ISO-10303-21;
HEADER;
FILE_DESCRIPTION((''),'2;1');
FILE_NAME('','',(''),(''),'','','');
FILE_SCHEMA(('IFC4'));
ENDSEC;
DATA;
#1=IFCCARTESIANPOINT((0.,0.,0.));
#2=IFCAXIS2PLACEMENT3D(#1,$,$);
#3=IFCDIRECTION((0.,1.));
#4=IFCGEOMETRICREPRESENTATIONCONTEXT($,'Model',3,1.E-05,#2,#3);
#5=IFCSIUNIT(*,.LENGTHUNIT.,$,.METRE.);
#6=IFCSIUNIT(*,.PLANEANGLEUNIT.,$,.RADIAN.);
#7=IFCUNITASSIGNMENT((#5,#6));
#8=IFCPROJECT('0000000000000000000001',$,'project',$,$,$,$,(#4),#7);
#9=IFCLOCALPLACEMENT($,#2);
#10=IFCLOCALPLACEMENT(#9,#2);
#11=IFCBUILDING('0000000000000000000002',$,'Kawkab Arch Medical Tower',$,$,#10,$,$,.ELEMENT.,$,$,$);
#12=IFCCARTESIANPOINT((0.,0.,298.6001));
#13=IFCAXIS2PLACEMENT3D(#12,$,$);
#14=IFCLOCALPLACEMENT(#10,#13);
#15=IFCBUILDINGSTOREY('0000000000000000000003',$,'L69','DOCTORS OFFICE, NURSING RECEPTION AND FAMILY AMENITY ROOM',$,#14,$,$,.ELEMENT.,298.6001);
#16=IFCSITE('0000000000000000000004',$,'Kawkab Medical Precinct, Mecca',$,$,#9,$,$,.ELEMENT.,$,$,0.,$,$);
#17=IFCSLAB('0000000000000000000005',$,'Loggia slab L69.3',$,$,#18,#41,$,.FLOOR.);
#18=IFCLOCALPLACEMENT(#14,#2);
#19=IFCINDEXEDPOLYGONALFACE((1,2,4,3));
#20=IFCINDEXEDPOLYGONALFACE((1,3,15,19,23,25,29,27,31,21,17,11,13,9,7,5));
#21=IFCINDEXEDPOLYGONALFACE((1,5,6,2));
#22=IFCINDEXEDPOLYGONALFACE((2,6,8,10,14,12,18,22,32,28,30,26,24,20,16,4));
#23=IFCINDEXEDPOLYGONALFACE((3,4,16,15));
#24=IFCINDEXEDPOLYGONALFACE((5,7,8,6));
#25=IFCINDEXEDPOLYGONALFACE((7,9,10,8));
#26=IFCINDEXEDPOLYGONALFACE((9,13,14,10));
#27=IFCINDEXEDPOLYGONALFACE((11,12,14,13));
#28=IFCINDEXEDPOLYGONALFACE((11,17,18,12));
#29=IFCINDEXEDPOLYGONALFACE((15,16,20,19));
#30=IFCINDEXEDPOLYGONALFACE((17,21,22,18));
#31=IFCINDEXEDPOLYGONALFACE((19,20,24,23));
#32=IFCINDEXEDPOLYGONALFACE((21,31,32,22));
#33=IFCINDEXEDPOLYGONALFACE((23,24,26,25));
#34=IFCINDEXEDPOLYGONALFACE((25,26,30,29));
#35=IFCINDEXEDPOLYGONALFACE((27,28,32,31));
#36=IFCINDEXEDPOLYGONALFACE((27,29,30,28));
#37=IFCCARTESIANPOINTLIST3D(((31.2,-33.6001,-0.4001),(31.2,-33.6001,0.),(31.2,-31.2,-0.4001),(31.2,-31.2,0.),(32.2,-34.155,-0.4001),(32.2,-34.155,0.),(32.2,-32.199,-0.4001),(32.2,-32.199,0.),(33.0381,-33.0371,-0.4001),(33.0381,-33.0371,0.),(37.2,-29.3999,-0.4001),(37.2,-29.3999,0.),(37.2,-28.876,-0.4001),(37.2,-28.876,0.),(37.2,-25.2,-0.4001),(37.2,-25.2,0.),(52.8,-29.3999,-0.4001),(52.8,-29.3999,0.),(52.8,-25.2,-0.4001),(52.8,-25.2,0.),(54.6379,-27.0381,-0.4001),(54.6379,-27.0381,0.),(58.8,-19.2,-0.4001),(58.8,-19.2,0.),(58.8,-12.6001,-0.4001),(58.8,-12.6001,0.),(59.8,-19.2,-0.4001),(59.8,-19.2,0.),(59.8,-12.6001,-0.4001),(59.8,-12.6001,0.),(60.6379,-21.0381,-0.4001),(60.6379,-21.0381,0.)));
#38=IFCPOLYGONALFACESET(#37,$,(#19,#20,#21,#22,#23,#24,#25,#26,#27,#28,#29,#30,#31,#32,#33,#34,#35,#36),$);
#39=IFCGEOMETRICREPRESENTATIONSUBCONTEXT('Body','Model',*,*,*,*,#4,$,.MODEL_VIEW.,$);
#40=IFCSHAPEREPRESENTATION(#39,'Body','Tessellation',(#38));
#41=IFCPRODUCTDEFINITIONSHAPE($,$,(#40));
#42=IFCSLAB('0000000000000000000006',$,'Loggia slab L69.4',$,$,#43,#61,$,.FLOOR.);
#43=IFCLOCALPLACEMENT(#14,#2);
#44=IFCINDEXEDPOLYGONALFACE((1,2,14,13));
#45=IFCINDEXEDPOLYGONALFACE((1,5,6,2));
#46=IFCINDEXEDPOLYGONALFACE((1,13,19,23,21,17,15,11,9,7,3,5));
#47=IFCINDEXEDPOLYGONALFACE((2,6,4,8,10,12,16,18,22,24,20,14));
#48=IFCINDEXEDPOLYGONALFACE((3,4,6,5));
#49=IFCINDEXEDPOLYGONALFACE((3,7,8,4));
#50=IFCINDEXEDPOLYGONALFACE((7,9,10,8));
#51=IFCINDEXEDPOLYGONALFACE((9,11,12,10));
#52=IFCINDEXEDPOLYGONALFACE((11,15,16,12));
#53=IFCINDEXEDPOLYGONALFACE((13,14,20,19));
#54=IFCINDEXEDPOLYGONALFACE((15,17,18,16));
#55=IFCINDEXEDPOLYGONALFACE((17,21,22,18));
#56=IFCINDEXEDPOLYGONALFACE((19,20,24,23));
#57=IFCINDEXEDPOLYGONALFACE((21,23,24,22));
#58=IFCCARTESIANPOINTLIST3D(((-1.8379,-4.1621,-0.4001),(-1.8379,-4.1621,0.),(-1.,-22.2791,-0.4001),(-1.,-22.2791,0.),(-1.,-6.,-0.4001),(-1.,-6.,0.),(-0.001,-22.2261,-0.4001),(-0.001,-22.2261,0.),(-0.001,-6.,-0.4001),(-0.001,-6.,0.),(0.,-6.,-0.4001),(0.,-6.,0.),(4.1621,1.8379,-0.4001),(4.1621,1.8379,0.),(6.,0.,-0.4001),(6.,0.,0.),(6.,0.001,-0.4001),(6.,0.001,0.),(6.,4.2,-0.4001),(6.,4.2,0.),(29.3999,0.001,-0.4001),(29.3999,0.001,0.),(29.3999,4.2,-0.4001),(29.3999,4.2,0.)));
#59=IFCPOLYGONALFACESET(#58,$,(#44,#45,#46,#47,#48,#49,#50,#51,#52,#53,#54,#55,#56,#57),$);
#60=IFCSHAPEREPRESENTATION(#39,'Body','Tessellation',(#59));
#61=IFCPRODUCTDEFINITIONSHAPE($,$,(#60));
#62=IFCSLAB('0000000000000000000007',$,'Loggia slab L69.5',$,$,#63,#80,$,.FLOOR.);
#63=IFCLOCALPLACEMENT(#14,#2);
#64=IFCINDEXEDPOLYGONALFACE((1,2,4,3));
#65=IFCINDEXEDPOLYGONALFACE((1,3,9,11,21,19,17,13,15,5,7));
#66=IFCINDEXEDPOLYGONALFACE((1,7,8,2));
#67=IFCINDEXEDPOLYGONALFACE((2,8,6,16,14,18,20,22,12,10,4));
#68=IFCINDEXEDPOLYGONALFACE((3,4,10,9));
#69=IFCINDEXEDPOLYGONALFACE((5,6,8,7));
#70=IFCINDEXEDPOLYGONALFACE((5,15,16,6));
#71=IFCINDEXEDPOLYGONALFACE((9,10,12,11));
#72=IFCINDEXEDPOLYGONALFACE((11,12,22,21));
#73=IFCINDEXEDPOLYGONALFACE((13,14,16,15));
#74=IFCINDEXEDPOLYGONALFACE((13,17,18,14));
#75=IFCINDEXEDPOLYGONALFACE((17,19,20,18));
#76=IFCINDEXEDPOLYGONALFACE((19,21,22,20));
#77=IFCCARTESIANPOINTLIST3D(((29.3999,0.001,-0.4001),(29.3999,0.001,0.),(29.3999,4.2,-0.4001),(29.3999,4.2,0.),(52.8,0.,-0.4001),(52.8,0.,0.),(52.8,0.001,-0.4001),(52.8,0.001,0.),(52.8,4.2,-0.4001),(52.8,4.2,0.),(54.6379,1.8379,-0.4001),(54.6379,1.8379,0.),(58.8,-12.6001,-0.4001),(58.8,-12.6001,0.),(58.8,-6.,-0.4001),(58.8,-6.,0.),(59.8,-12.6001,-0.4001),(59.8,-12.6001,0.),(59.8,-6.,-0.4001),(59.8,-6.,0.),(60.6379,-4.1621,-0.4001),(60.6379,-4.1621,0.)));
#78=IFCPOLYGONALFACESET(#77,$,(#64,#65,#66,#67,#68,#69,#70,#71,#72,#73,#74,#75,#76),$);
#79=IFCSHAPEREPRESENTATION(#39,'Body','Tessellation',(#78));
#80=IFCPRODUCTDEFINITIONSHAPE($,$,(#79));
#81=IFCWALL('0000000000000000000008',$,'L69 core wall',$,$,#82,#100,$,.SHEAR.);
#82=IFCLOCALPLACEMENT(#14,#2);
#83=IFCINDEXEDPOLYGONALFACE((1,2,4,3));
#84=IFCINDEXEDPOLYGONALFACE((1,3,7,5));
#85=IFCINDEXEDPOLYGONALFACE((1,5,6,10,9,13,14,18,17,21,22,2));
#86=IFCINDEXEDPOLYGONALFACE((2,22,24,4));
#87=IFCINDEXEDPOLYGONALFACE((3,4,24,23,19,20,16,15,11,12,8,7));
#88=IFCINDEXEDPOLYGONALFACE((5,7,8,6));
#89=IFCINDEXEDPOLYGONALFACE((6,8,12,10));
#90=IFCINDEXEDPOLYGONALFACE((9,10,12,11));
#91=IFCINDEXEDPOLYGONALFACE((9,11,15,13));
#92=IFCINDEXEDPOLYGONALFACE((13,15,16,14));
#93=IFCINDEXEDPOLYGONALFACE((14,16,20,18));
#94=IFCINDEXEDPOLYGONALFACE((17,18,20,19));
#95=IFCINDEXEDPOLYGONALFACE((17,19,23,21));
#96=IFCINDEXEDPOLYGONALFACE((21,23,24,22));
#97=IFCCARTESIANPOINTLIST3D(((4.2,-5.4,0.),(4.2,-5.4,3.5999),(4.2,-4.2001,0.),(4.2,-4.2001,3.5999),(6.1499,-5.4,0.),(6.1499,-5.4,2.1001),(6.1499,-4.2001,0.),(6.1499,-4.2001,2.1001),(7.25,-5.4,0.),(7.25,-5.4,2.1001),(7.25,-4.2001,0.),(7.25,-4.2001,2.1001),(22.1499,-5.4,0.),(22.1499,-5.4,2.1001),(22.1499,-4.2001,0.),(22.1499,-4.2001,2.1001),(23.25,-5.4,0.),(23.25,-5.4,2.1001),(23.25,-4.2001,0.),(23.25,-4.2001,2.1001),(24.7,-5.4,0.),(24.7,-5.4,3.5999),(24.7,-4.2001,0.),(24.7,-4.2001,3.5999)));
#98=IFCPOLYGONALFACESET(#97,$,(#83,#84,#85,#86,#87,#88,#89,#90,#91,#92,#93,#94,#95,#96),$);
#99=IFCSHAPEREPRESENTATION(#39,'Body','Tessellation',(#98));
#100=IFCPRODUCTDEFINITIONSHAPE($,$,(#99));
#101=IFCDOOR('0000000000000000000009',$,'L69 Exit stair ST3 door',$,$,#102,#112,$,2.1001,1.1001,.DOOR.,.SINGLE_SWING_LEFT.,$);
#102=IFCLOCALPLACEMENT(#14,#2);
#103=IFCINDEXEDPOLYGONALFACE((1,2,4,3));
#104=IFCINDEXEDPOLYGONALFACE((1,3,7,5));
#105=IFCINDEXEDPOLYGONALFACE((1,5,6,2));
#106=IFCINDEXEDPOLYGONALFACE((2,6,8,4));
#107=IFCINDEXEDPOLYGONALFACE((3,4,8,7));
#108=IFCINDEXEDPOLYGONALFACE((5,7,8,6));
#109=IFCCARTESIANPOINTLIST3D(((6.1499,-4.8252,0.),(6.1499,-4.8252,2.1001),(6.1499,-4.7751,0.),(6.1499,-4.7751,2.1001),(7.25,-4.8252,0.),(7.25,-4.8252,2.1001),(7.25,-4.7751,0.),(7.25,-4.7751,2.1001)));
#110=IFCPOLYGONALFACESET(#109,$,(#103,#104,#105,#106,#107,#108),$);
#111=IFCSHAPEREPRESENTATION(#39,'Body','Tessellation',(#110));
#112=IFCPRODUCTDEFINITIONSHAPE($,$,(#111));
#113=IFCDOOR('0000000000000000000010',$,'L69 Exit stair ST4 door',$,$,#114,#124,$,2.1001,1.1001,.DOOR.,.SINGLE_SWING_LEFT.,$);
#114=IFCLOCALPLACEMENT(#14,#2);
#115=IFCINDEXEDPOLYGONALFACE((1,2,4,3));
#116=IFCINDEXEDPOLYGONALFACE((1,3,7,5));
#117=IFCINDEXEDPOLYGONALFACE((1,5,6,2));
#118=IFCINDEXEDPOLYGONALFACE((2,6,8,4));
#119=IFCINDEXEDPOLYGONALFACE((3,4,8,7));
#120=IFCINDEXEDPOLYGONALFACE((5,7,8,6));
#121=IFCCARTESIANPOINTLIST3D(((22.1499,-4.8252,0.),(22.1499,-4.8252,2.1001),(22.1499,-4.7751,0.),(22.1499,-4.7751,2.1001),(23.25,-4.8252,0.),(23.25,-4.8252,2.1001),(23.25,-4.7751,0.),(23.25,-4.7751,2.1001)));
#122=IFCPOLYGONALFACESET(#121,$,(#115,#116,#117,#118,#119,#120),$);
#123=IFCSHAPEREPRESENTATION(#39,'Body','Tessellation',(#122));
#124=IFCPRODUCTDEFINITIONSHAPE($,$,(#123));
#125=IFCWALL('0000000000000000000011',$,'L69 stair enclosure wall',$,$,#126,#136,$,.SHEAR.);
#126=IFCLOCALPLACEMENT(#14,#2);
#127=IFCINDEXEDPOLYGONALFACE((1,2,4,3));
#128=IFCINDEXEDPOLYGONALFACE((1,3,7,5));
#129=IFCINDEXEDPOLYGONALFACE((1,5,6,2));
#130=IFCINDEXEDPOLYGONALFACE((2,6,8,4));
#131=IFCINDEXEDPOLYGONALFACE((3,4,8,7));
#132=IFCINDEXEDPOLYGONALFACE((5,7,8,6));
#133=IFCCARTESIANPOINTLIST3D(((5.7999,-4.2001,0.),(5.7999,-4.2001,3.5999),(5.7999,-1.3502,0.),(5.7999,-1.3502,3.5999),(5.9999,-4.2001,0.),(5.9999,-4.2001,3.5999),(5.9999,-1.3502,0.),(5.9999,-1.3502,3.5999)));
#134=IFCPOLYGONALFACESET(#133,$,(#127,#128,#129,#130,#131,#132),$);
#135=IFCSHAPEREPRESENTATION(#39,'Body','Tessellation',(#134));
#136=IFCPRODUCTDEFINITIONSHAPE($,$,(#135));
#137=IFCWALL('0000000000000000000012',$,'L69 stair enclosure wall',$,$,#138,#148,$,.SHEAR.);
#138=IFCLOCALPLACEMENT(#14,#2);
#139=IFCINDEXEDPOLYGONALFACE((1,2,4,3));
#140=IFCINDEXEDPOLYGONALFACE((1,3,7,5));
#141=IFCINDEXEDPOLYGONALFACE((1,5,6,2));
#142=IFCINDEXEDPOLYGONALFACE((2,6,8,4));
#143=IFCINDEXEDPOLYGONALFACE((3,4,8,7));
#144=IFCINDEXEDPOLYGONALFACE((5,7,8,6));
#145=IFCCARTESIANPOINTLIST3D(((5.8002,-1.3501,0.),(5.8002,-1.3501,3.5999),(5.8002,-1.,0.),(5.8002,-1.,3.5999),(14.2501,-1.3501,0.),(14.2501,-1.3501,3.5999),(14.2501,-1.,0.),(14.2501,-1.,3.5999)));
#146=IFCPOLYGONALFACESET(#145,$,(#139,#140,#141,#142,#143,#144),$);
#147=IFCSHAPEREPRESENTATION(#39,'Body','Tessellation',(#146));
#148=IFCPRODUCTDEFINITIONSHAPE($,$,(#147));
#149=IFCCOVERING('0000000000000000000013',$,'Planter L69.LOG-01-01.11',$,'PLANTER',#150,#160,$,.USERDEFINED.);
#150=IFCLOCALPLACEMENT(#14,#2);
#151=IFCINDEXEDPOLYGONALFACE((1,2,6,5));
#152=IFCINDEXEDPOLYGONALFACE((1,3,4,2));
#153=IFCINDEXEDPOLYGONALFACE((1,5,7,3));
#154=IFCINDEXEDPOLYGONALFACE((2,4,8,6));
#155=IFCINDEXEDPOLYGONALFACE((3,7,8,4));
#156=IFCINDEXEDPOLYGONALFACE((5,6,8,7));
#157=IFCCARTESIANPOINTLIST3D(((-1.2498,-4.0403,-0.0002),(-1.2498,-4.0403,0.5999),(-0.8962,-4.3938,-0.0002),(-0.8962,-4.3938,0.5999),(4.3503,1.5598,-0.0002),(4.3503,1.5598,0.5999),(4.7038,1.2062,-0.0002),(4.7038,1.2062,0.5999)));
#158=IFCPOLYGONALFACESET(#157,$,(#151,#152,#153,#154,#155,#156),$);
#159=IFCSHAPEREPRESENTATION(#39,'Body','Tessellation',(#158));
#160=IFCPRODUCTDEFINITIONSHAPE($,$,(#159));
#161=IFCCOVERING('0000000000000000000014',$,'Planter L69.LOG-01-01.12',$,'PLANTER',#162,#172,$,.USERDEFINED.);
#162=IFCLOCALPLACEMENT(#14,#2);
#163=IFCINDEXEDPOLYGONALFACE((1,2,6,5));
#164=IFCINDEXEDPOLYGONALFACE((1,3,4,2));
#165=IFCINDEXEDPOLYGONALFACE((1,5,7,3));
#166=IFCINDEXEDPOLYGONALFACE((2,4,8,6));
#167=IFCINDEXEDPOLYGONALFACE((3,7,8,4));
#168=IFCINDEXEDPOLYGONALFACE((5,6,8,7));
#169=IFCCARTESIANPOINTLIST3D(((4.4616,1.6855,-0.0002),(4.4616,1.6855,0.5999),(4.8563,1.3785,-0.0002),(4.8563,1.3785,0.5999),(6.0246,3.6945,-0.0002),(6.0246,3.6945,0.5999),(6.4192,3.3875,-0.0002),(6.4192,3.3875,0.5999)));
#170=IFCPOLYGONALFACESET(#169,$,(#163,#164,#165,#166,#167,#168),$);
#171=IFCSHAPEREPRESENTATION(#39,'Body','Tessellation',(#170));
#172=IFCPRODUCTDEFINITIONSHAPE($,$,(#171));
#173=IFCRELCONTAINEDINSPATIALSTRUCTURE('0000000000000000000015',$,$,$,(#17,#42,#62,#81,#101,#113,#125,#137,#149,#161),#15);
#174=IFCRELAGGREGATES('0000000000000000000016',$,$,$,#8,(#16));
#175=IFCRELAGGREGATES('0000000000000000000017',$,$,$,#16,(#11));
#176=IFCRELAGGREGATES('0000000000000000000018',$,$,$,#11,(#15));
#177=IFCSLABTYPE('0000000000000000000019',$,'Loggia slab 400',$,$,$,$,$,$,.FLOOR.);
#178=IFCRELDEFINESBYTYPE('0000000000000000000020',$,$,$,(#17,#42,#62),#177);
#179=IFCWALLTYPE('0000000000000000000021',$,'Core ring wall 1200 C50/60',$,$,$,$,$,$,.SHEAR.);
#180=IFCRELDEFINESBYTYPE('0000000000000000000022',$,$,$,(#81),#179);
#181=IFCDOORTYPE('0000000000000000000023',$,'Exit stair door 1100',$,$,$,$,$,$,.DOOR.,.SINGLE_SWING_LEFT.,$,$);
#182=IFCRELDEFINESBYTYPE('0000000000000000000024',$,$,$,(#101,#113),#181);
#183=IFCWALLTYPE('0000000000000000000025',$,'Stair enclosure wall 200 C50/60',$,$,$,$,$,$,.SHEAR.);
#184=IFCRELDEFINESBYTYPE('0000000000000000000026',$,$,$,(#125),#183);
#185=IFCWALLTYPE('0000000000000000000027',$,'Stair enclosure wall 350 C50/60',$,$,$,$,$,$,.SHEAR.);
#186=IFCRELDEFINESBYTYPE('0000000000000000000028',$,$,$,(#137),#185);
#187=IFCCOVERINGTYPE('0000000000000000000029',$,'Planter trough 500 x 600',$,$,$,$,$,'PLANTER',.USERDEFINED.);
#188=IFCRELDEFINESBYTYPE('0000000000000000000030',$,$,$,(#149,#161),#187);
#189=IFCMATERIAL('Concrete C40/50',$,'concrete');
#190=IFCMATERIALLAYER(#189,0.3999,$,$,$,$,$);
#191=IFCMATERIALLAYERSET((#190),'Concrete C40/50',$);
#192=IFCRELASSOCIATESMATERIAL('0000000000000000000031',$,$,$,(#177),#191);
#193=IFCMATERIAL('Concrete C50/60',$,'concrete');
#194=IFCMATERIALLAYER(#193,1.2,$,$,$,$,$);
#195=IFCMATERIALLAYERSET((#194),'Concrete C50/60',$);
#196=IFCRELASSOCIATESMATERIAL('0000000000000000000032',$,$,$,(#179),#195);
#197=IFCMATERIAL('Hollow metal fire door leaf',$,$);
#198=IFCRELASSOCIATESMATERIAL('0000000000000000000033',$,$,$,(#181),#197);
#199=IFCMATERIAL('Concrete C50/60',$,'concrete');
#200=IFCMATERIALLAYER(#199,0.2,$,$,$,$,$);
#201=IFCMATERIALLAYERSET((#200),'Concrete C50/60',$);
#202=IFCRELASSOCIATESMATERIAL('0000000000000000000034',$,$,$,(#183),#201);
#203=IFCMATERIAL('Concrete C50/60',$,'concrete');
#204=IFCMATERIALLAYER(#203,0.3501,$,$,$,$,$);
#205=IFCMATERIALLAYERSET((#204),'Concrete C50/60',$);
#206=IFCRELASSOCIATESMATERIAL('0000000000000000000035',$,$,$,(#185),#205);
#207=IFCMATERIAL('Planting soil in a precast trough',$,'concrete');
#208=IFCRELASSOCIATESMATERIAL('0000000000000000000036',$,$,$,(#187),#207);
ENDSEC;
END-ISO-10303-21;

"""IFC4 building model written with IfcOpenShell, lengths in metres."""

from ifc_helpers import new_model, si_unit, direction, frame, frame_2d, origin, origin_2d, place, context, subcontext, project, spatial, polyline, rectangle, outline, extrude, material, layer, layer_set, material_profile, profile_set, type_object, element, fill, save


model = new_model("IFC4")

# Units and contexts
model_context = context("Model", 3, precision=1e-05, world=origin(), true_north=direction((0.0, 1.0)))
body_context = subcontext(model_context, "Body", "Model", "MODEL_VIEW")
ifc_project = project(units=[si_unit("LENGTHUNIT", "METRE"), si_unit("PLANEANGLEUNIT", "RADIAN")], contexts=[model_context])

# Site, building, storey
site_placement = place(None, origin())
site = spatial("IfcSite", under=ifc_project, at=site_placement, Name="Kawkab Medical Precinct, Mecca", CompositionType="ELEMENT", RefElevation=0.0)
building_placement = place(site_placement, origin())
building = spatial("IfcBuilding", under=site, at=building_placement, Name="Kawkab Arch Medical Tower", CompositionType="ELEMENT")
storey_placement = place(building_placement, frame((0.0, 0.0, 298.6001)))
storey = spatial("IfcBuildingStorey", under=building, at=storey_placement, Name="L69", Description="DOCTORS OFFICE, NURSING RECEPTION AND FAMILY AMENITY ROOM", CompositionType="ELEMENT", Elevation=298.6001)

# Slabs
ifc_material_1 = material(Name="Concrete C40/50", Category="concrete")
ifc_layer_1 = layer(ifc_material_1, 0.3999)
ifc_layer_set_1 = layer_set([ifc_layer_1], Name="Concrete C40/50")
slab_type_1 = type_object("IfcSlabType", Name="Loggia slab 400", PredefinedType="FLOOR", material=ifc_layer_set_1)
placement_1 = place(storey_placement, frame((0.0, 0.0, -0.4001)))
element("IfcSlab", 1, at=placement_1, inside=storey, type_object=slab_type_1, Name="Loggia slab L69.3", PredefinedType="FLOOR", context=body_context, shape_type="SweptSolid", body=[
    extrude(outline(polyline([(31.2, -31.2), (37.2, -25.2), (52.8, -25.2), (58.8, -19.2), (58.8, -12.6001), (59.8, -12.6001), (59.8, -19.2), (60.6379, -21.0381), (54.6379, -27.0381), (52.8, -29.3999), (37.2, -29.3999), (37.2, -28.876), (33.0381, -33.0371), (32.2, -32.199), (32.2, -34.155), (31.2, -33.6001), (31.2, -31.2)])), origin(), (0.0, 0.0, 1.0), 0.4001),
])
element("IfcSlab", 2, at=placement_1, inside=storey, type_object=slab_type_1, Name="Loggia slab L69.4", PredefinedType="FLOOR", context=body_context, shape_type="SweptSolid", body=[
    extrude(outline(polyline([(-1.8379, -4.1621), (4.1621, 1.8379), (6.0, 4.2), (29.3999, 4.2), (29.3999, 0.001), (6.0, 0.001), (6.0, 0.0), (0.0, -6.0), (-0.001, -6.0), (-0.001, -22.2261), (-1.0, -22.2791), (-1.0, -6.0), (-1.8379, -4.1621)])), origin(), (0.0, 0.0, 1.0), 0.4001),
])
element("IfcSlab", 3, at=placement_1, inside=storey, type_object=slab_type_1, Name="Loggia slab L69.5", PredefinedType="FLOOR", context=body_context, shape_type="SweptSolid", body=[
    extrude(outline(polyline([(54.6379, 1.8379), (60.6379, -4.1621), (59.8, -6.0), (59.8, -12.6001), (58.8, -12.6001), (58.8, -6.0), (52.8, 0.0), (52.8, 0.001), (29.3999, 0.001), (29.3999, 4.2), (52.8, 4.2), (54.6379, 1.8379)])), origin(), (0.0, 0.0, 1.0), 0.4001),
])

# Wall, openings, doors
ifc_material_2 = material(Name="Concrete C50/60", Category="concrete")
ifc_layer_2 = layer(ifc_material_2, 1.2)
ifc_layer_set_2 = layer_set([ifc_layer_2], Name="Concrete C50/60")
wall_type_1 = type_object("IfcWallType", Name="Core ring wall 1200 C50/60", PredefinedType="SHEAR", material=ifc_layer_set_2)
wall_1_placement = place(storey_placement, frame((4.2, -4.8, 0.0), z_axis=(0.0, 0.0, 1.0), x_axis=(1.0, 0.0, 0.0)))
wall_1 = element("IfcWall", 4, at=wall_1_placement, inside=storey, type_object=wall_type_1, Name="L69 core wall", PredefinedType="SHEAR", context=body_context, shape_type="SweptSolid", body=[
    extrude(rectangle(XDim=20.5, YDim=1.2, at=frame_2d((10.25, 0.0))), origin(), (0.0, 0.0, 1.0), 3.5999),
])
opening_1_placement = place(wall_1_placement, frame((1.95, 0.0, 0.0)))
opening_1 = element("IfcOpeningElement", 5, at=opening_1_placement, cuts=wall_1, PredefinedType="OPENING", context=body_context, shape_type="SweptSolid", body=[
    extrude(rectangle(XDim=1.1001, YDim=2.1001, at=frame_2d((0.55, 1.05))), frame((0.0, 0.6099, 0.0), z_axis=(0.0, -1.0, 0.0), x_axis=(1.0, 0.0, 0.0)), (0.0, 0.0, 1.0), 1.22),
])
opening_2_placement = place(wall_1_placement, frame((17.95, 0.0, 0.0)))
opening_2 = element("IfcOpeningElement", 6, at=opening_2_placement, cuts=wall_1, PredefinedType="OPENING", context=body_context, shape_type="SweptSolid", body=[
    extrude(rectangle(XDim=1.1001, YDim=2.1001, at=frame_2d((0.55, 1.05))), frame((0.0, 0.6099, 0.0), z_axis=(0.0, -1.0, 0.0), x_axis=(1.0, 0.0, 0.0)), (0.0, 0.0, 1.0), 1.22),
])
ifc_material_3 = material(Name="Hollow metal fire door leaf")
door_type = type_object("IfcDoorType", Name="Exit stair door 1100", OperationType="SINGLE_SWING_LEFT", PredefinedType="DOOR", material=ifc_material_3)
door_1_placement = place(opening_1_placement, origin())
door_1 = element("IfcDoor", 7, at=door_1_placement, inside=storey, type_object=door_type, Name="L69 Exit stair ST3 door", OperationType="SINGLE_SWING_LEFT", OverallHeight=2.1001, OverallWidth=1.1001, PredefinedType="DOOR", context=body_context, shape_type="SweptSolid", body=[
    extrude(rectangle(XDim=1.1001, YDim=2.1001, at=frame_2d((0.55, 1.05))), frame((0.0, 0.0249, 0.0), z_axis=(0.0, -1.0, 0.0), x_axis=(1.0, 0.0, 0.0)), (0.0, 0.0, 1.0), 0.05),
])
fill(opening_1, door_1)
door_2_placement = place(opening_2_placement, origin())
door_2 = element("IfcDoor", 8, at=door_2_placement, inside=storey, type_object=door_type, Name="L69 Exit stair ST4 door", OperationType="SINGLE_SWING_LEFT", OverallHeight=2.1001, OverallWidth=1.1001, PredefinedType="DOOR", context=body_context, shape_type="SweptSolid", body=[
    extrude(rectangle(XDim=1.1001, YDim=2.1001, at=frame_2d((0.55, 1.05))), frame((0.0, 0.0249, 0.0), z_axis=(0.0, -1.0, 0.0), x_axis=(1.0, 0.0, 0.0)), (0.0, 0.0, 1.0), 0.05),
])
fill(opening_2, door_2)

# Walls
ifc_material_4 = material(Name="Concrete C50/60", Category="concrete")
ifc_layer_3 = layer(ifc_material_4, 0.2)
ifc_layer_set_3 = layer_set([ifc_layer_3], Name="Concrete C50/60")
wall_type_2 = type_object("IfcWallType", Name="Stair enclosure wall 200 C50/60", PredefinedType="SHEAR", material=ifc_layer_set_3)
wall_2_placement = place(storey_placement, frame((5.8999, -4.2, 0.0), z_axis=(0.0, 0.0, 1.0), x_axis=(0.0, 1.0, 0.0)))
element("IfcWall", 9, at=wall_2_placement, inside=storey, type_object=wall_type_2, Name="L69 stair enclosure wall", PredefinedType="SHEAR", context=body_context, shape_type="SweptSolid", body=[
    extrude(rectangle(XDim=2.8499, YDim=0.2, at=frame_2d((1.4248, 0.0))), origin(), (0.0, 0.0, 1.0), 3.5999),
])
ifc_material_5 = material(Name="Concrete C50/60", Category="concrete")
ifc_layer_4 = layer(ifc_material_5, 0.3501)
ifc_layer_set_4 = layer_set([ifc_layer_4], Name="Concrete C50/60")
wall_type_3 = type_object("IfcWallType", Name="Stair enclosure wall 350 C50/60", PredefinedType="SHEAR", material=ifc_layer_set_4)
wall_3_placement = place(storey_placement, frame((5.8, -1.175, 0.0), z_axis=(0.0, 0.0, 1.0), x_axis=(1.0, 0.0, 0.0)))
element("IfcWall", 10, at=wall_3_placement, inside=storey, type_object=wall_type_3, Name="L69 stair enclosure wall", PredefinedType="SHEAR", context=body_context, shape_type="SweptSolid", body=[
    extrude(rectangle(XDim=8.45, YDim=0.3501, at=frame_2d((4.2251, 0.0))), origin(), (0.0, 0.0, 1.0), 3.5999),
])

# Coverings
ifc_material_6 = material(Name="Planting soil in a precast trough", Category="concrete")
ifc_material_profile_1 = material_profile(ifc_material_6, rectangle(XDim=0.5, YDim=0.6001, at=origin_2d()), Name="Trough 500x600")
ifc_profile_set_1 = profile_set([ifc_material_profile_1], Name="Planting soil in a precast trough")
covering_type = type_object("IfcCoveringType", Name="Planter trough 500 x 600", ElementType="PLANTER", PredefinedType="USERDEFINED", material=ifc_profile_set_1)
covering_1_placement = place(storey_placement, frame((-1.073, -4.217, 0.2998), z_axis=(0.707107, 0.707107, 0.0), x_axis=(-0.707107, 0.707107, 0.0)))
element("IfcCovering", 11, at=covering_1_placement, inside=storey, type_object=covering_type, Name="Planter L69.LOG-01-01.11", ObjectType="PLANTER", PredefinedType="USERDEFINED", context=body_context, shape_type="SweptSolid", body=[
    extrude(rectangle(XDim=0.5, YDim=0.6001, at=origin_2d()), origin(), (0.0, 0.0, 1.0), 7.9197),
])
covering_2_placement = place(storey_placement, frame((4.6589, 1.532, 0.2998), z_axis=(0.61404, 0.789275, 0.0), x_axis=(-0.789275, 0.61404, 0.0)))
element("IfcCovering", 12, at=covering_2_placement, inside=storey, type_object=covering_type, Name="Planter L69.LOG-01-01.12", ObjectType="PLANTER", PredefinedType="USERDEFINED", context=body_context, shape_type="SweptSolid", body=[
    extrude(rectangle(XDim=0.5, YDim=0.6001, at=origin_2d()), origin(), (0.0, 0.0, 1.0), 2.5454),
])

save(model, "model.ifc")
